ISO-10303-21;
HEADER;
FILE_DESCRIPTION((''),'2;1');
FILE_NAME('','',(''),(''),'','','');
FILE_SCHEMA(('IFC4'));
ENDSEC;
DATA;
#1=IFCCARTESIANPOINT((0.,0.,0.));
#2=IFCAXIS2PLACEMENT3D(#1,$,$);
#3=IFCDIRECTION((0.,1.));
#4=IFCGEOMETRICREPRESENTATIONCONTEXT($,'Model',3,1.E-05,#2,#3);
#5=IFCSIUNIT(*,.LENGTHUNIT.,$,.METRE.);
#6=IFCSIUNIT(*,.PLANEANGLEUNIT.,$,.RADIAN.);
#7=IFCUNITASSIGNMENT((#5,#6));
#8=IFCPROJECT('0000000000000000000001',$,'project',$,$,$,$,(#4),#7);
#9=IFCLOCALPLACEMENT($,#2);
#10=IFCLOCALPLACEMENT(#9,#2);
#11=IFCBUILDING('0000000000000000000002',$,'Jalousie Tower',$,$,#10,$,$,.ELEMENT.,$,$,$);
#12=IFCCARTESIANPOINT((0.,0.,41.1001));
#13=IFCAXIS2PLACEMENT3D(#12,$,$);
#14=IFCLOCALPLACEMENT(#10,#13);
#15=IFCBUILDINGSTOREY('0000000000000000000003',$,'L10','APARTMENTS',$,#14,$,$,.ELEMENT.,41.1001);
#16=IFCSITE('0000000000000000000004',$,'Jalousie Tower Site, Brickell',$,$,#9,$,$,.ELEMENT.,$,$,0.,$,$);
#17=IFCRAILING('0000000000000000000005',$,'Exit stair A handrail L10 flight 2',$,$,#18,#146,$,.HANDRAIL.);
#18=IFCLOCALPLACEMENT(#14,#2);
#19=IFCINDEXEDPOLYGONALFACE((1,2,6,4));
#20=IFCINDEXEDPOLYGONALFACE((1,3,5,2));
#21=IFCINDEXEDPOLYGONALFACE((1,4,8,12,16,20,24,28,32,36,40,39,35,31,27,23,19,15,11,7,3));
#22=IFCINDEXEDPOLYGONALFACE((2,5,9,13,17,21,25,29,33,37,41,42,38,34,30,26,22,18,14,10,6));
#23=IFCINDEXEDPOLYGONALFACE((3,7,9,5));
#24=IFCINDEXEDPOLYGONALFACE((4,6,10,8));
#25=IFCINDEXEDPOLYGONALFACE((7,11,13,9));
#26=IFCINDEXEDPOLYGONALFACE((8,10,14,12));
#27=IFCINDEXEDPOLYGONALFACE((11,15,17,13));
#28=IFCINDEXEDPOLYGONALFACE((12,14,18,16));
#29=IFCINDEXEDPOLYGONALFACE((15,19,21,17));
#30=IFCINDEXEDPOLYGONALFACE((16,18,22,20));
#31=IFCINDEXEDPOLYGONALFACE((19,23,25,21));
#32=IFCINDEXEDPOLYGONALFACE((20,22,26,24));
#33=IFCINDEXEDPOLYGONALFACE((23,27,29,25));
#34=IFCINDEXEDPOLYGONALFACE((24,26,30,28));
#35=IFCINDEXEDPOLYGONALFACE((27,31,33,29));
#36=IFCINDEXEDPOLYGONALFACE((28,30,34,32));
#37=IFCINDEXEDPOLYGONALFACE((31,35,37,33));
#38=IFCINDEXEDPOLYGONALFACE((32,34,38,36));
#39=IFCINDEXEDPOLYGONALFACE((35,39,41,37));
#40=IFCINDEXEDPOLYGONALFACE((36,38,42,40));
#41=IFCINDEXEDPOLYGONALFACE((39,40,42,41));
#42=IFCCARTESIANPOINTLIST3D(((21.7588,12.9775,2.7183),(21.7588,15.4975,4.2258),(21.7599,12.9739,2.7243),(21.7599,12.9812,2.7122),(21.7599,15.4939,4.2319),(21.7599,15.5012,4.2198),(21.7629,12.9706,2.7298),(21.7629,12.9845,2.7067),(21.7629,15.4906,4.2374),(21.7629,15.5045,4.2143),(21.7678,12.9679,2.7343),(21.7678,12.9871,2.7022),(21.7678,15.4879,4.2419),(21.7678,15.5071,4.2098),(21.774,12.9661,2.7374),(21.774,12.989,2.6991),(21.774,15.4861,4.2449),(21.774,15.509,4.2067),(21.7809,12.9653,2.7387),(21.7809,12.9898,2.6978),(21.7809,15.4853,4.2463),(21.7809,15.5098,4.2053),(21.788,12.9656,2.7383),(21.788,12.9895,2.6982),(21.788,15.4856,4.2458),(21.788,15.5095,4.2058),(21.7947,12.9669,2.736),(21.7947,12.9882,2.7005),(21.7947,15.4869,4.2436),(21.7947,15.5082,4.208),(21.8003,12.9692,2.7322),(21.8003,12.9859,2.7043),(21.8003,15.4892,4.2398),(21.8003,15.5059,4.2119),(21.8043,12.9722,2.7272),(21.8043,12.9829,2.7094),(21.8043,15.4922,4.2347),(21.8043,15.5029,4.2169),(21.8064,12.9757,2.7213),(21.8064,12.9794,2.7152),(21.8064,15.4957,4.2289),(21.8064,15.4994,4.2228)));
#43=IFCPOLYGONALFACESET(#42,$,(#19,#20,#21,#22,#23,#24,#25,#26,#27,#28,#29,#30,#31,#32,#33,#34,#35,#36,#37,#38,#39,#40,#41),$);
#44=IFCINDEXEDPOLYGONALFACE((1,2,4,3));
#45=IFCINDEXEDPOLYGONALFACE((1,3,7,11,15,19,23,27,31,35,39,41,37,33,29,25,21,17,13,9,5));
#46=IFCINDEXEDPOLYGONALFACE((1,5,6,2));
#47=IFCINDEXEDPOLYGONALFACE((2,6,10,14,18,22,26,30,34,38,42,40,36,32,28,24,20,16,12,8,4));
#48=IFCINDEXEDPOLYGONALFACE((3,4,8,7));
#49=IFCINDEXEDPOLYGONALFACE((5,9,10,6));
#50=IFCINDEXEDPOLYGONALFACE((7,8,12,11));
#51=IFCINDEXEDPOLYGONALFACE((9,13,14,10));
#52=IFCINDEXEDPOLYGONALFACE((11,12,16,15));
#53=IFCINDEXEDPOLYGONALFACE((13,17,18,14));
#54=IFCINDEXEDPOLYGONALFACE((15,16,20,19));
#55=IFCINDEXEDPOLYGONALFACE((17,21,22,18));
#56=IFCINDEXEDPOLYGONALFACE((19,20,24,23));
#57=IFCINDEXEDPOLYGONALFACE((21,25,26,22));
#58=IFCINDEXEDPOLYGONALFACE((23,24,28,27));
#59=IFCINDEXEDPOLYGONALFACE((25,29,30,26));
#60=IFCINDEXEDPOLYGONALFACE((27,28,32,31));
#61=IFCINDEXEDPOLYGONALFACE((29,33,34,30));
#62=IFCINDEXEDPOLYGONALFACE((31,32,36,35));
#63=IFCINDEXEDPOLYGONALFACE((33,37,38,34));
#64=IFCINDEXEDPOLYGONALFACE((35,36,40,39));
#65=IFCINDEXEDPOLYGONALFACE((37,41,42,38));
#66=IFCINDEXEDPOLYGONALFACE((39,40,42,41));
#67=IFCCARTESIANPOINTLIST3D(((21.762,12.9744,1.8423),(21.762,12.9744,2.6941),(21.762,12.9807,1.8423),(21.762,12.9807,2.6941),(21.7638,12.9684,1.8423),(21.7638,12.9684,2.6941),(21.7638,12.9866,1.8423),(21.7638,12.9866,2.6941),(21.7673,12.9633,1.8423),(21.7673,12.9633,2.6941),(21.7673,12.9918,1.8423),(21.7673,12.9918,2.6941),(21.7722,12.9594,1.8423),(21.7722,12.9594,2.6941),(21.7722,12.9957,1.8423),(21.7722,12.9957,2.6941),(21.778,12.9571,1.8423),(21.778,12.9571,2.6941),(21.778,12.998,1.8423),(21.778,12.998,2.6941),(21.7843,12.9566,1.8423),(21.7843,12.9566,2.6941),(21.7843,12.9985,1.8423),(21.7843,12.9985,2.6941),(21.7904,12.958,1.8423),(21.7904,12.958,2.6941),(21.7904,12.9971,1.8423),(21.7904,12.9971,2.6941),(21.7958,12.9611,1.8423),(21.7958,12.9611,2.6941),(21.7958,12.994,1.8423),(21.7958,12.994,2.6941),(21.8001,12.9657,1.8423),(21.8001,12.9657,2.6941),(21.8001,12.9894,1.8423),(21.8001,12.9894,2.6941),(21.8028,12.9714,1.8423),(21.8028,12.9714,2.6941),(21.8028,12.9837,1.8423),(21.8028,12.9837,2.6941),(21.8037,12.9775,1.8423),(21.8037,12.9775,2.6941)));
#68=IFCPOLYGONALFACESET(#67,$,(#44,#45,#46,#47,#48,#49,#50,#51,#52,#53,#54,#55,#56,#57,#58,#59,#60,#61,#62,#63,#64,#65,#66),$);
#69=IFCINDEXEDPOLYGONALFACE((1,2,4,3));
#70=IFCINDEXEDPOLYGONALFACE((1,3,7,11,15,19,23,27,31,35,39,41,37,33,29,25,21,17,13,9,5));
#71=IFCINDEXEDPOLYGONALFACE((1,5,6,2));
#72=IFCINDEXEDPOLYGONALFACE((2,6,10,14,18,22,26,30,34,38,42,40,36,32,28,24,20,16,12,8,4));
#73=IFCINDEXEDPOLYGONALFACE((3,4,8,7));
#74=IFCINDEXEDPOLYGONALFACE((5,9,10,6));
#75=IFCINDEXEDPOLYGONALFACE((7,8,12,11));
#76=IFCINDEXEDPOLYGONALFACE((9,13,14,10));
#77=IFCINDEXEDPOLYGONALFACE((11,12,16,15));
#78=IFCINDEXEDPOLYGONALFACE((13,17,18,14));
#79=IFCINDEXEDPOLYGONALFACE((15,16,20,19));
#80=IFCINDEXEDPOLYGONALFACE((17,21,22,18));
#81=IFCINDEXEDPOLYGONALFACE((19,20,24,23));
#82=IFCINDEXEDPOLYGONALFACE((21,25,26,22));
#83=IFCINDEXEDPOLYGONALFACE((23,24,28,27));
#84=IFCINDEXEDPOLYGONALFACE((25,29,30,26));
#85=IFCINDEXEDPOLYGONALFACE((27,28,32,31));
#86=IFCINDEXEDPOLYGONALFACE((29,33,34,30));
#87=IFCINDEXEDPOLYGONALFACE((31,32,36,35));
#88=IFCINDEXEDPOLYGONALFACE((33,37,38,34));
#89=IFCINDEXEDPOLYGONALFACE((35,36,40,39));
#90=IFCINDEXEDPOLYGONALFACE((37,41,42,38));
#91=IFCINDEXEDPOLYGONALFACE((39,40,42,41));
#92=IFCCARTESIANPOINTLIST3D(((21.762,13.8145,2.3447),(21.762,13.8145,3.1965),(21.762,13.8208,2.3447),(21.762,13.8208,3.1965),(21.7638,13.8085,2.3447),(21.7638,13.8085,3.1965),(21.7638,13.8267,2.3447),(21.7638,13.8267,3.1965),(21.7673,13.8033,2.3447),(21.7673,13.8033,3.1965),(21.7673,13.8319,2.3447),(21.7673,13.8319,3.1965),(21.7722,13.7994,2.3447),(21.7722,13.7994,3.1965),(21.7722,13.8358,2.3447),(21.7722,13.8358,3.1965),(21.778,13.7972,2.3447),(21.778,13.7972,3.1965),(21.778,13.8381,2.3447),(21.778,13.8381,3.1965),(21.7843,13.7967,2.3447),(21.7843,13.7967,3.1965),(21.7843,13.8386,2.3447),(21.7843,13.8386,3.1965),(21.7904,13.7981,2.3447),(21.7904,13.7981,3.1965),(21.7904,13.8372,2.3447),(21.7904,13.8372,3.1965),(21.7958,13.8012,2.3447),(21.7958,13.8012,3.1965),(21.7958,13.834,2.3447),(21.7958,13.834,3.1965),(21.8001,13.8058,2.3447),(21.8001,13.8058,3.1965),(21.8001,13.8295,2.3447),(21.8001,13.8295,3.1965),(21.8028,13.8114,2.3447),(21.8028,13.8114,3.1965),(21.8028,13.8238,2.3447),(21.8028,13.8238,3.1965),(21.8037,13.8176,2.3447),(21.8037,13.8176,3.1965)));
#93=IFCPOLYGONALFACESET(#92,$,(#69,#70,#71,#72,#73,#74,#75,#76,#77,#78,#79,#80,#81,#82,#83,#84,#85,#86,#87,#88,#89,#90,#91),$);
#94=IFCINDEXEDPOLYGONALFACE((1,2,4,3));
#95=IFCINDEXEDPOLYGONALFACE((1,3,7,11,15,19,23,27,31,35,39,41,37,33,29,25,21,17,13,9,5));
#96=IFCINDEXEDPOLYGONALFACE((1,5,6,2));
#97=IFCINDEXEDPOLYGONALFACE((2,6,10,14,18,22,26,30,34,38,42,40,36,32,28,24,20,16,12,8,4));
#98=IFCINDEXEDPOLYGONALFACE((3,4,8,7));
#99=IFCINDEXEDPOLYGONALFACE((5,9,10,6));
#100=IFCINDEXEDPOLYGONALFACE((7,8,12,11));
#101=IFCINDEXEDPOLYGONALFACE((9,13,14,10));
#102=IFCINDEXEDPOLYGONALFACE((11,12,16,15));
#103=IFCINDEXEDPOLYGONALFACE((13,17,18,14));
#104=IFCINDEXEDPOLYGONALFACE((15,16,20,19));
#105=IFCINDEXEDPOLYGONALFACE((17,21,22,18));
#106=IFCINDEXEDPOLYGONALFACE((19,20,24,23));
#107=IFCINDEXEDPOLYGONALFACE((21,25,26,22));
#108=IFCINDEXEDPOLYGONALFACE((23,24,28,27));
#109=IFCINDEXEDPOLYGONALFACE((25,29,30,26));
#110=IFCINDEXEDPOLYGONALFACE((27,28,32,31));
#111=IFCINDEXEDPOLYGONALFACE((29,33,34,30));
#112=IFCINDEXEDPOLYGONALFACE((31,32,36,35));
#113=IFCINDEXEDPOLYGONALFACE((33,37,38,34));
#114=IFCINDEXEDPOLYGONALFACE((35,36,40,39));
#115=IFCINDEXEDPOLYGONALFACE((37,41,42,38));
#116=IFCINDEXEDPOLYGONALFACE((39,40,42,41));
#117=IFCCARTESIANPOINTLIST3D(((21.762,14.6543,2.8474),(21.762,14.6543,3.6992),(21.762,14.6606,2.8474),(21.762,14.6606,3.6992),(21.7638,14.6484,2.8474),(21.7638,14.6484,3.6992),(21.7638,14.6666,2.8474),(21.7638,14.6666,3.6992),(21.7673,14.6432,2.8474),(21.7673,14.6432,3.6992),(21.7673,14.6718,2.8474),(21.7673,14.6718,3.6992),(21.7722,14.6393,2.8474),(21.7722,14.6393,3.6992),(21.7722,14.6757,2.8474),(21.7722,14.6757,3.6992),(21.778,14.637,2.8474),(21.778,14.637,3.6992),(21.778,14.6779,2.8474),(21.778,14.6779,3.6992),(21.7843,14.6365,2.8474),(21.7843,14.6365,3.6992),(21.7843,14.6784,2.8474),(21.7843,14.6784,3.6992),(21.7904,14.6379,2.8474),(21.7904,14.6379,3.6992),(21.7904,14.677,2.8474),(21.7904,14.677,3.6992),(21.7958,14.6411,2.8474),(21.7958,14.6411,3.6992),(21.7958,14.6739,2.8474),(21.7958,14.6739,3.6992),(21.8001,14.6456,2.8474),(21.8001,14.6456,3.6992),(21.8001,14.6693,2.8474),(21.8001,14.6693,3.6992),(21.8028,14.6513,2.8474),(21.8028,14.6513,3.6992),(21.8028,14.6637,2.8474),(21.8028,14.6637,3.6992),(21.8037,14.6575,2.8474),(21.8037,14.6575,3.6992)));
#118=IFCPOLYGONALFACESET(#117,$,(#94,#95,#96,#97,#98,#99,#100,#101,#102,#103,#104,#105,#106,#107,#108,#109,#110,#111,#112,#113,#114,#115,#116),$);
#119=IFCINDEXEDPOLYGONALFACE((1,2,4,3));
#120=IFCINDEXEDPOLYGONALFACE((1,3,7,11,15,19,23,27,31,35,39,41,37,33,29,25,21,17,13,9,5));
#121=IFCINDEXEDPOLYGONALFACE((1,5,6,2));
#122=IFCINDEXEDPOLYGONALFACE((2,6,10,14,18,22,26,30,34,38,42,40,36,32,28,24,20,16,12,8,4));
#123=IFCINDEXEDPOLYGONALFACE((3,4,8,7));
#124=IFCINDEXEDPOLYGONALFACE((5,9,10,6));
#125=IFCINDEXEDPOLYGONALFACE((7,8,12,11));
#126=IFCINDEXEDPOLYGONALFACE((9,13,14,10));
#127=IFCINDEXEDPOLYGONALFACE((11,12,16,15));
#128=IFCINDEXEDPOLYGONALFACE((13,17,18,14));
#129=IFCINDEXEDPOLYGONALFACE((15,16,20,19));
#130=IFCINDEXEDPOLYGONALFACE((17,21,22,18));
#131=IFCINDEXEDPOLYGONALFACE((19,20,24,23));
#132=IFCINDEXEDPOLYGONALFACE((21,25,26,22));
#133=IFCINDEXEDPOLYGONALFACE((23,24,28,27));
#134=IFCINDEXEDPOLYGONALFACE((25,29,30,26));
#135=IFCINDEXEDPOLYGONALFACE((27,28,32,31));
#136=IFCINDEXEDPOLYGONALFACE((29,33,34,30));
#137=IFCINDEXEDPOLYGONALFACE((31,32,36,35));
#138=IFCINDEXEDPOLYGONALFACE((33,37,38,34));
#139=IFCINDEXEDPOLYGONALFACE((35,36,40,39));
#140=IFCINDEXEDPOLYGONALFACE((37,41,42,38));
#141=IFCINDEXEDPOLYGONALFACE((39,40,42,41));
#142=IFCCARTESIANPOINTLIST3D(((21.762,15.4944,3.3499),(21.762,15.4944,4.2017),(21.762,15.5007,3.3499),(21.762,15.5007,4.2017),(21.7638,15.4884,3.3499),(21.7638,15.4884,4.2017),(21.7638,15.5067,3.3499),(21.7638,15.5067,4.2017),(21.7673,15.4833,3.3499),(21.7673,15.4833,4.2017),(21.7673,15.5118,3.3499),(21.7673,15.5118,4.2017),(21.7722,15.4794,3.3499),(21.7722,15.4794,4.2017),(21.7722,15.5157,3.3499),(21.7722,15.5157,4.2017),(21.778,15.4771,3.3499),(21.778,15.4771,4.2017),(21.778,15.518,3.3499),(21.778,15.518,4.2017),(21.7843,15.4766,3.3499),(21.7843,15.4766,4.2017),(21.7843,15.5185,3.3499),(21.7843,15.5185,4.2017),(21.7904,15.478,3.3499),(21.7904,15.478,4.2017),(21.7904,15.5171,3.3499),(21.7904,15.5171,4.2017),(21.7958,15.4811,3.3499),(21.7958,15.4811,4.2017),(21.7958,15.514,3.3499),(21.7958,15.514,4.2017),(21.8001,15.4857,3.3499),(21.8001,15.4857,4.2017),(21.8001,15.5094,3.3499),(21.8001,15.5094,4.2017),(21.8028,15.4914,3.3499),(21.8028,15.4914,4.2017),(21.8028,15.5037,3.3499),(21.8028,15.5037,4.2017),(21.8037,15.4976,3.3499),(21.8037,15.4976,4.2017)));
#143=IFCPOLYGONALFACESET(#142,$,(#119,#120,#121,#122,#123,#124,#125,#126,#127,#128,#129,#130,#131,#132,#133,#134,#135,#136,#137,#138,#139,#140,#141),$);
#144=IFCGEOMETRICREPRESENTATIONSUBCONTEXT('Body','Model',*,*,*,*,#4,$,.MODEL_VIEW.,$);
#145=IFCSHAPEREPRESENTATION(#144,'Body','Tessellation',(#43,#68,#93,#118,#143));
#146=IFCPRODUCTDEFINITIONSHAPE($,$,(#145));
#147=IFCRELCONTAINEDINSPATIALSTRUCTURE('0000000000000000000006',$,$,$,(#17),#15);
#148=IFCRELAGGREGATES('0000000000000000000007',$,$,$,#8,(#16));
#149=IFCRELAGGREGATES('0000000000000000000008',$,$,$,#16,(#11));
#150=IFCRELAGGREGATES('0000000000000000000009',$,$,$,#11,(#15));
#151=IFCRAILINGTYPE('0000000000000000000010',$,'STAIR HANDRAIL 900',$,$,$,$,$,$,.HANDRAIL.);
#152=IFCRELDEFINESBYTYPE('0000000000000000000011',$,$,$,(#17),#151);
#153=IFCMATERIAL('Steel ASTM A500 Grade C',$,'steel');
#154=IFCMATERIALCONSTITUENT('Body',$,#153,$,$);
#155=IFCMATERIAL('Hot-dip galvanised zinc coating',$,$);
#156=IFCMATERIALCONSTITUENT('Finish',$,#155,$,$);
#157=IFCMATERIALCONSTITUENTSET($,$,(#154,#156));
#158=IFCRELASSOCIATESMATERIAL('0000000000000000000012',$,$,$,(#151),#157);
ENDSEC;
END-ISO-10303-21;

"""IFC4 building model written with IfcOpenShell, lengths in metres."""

from ifc_helpers import new_model, si_unit, direction, frame, origin, origin_2d, place, context, subcontext, project, spatial, circle, extrude, material, constituent, constituent_set, type_object, element, save


model = new_model("IFC4")

# Units and contexts
model_context = context("Model", 3, precision=1e-05, world=origin(), true_north=direction((0.0, 1.0)))
body_context = subcontext(model_context, "Body", "Model", "MODEL_VIEW")
ifc_project = project(units=[si_unit("LENGTHUNIT", "METRE"), si_unit("PLANEANGLEUNIT", "RADIAN")], contexts=[model_context])

# Site, building, storey
site_placement = place(None, origin())
site = spatial("IfcSite", under=ifc_project, at=site_placement, Name="Jalousie Tower Site, Brickell", CompositionType="ELEMENT", RefElevation=0.0)
building_placement = place(site_placement, origin())
building = spatial("IfcBuilding", under=site, at=building_placement, Name="Jalousie Tower", CompositionType="ELEMENT")
storey_placement = place(building_placement, frame((0.0, 0.0, 41.1001)))
storey = spatial("IfcBuildingStorey", under=building, at=storey_placement, Name="L10", Description="APARTMENTS", CompositionType="ELEMENT", Elevation=41.1001)

# Railing
ifc_material_1 = material(Name="Steel ASTM A500 Grade C", Category="steel")
ifc_constituent_1 = constituent(ifc_material_1, Name="Body")
ifc_material_2 = material(Name="Hot-dip galvanised zinc coating")
ifc_constituent_2 = constituent(ifc_material_2, Name="Finish")
ifc_constituent_set_1 = constituent_set(constituents=[ifc_constituent_1, ifc_constituent_2])
railing_type_1 = type_object("IfcRailingType", Name="STAIR HANDRAIL 900", PredefinedType="HANDRAIL", material=ifc_constituent_set_1)
railing_1_placement = place(storey_placement, frame((21.7827, 12.9775, 1.8423)))
element("IfcRailing", 1, at=railing_1_placement, inside=storey, type_object=railing_type_1, Name="Exit stair A handrail L10 flight 2", PredefinedType="HANDRAIL", context=body_context, shape_type="SweptSolid", body=[
    extrude(circle(Radius=0.0239, at=origin_2d()), frame((0.0, 0.0, 0.876), z_axis=(0.0, 0.85816, 0.513383), x_axis=(-1.0, 0.0, 0.0)), (0.0, 0.0, 1.0), 2.9365),
    extrude(circle(Radius=0.021, at=origin_2d()), origin(), (0.0, 0.0, 1.0), 0.8518),
    extrude(circle(Radius=0.021, at=origin_2d()), frame((0.0, 0.8401, 0.5024)), (0.0, 0.0, 1.0), 0.8518),
    extrude(circle(Radius=0.021, at=origin_2d()), frame((0.0, 1.6799, 1.0051)), (0.0, 0.0, 1.0), 0.8518),
    extrude(circle(Radius=0.021, at=origin_2d()), frame((0.0, 2.52, 1.5076)), (0.0, 0.0, 1.0), 0.8518),
])

save(model, "model.ifc")
